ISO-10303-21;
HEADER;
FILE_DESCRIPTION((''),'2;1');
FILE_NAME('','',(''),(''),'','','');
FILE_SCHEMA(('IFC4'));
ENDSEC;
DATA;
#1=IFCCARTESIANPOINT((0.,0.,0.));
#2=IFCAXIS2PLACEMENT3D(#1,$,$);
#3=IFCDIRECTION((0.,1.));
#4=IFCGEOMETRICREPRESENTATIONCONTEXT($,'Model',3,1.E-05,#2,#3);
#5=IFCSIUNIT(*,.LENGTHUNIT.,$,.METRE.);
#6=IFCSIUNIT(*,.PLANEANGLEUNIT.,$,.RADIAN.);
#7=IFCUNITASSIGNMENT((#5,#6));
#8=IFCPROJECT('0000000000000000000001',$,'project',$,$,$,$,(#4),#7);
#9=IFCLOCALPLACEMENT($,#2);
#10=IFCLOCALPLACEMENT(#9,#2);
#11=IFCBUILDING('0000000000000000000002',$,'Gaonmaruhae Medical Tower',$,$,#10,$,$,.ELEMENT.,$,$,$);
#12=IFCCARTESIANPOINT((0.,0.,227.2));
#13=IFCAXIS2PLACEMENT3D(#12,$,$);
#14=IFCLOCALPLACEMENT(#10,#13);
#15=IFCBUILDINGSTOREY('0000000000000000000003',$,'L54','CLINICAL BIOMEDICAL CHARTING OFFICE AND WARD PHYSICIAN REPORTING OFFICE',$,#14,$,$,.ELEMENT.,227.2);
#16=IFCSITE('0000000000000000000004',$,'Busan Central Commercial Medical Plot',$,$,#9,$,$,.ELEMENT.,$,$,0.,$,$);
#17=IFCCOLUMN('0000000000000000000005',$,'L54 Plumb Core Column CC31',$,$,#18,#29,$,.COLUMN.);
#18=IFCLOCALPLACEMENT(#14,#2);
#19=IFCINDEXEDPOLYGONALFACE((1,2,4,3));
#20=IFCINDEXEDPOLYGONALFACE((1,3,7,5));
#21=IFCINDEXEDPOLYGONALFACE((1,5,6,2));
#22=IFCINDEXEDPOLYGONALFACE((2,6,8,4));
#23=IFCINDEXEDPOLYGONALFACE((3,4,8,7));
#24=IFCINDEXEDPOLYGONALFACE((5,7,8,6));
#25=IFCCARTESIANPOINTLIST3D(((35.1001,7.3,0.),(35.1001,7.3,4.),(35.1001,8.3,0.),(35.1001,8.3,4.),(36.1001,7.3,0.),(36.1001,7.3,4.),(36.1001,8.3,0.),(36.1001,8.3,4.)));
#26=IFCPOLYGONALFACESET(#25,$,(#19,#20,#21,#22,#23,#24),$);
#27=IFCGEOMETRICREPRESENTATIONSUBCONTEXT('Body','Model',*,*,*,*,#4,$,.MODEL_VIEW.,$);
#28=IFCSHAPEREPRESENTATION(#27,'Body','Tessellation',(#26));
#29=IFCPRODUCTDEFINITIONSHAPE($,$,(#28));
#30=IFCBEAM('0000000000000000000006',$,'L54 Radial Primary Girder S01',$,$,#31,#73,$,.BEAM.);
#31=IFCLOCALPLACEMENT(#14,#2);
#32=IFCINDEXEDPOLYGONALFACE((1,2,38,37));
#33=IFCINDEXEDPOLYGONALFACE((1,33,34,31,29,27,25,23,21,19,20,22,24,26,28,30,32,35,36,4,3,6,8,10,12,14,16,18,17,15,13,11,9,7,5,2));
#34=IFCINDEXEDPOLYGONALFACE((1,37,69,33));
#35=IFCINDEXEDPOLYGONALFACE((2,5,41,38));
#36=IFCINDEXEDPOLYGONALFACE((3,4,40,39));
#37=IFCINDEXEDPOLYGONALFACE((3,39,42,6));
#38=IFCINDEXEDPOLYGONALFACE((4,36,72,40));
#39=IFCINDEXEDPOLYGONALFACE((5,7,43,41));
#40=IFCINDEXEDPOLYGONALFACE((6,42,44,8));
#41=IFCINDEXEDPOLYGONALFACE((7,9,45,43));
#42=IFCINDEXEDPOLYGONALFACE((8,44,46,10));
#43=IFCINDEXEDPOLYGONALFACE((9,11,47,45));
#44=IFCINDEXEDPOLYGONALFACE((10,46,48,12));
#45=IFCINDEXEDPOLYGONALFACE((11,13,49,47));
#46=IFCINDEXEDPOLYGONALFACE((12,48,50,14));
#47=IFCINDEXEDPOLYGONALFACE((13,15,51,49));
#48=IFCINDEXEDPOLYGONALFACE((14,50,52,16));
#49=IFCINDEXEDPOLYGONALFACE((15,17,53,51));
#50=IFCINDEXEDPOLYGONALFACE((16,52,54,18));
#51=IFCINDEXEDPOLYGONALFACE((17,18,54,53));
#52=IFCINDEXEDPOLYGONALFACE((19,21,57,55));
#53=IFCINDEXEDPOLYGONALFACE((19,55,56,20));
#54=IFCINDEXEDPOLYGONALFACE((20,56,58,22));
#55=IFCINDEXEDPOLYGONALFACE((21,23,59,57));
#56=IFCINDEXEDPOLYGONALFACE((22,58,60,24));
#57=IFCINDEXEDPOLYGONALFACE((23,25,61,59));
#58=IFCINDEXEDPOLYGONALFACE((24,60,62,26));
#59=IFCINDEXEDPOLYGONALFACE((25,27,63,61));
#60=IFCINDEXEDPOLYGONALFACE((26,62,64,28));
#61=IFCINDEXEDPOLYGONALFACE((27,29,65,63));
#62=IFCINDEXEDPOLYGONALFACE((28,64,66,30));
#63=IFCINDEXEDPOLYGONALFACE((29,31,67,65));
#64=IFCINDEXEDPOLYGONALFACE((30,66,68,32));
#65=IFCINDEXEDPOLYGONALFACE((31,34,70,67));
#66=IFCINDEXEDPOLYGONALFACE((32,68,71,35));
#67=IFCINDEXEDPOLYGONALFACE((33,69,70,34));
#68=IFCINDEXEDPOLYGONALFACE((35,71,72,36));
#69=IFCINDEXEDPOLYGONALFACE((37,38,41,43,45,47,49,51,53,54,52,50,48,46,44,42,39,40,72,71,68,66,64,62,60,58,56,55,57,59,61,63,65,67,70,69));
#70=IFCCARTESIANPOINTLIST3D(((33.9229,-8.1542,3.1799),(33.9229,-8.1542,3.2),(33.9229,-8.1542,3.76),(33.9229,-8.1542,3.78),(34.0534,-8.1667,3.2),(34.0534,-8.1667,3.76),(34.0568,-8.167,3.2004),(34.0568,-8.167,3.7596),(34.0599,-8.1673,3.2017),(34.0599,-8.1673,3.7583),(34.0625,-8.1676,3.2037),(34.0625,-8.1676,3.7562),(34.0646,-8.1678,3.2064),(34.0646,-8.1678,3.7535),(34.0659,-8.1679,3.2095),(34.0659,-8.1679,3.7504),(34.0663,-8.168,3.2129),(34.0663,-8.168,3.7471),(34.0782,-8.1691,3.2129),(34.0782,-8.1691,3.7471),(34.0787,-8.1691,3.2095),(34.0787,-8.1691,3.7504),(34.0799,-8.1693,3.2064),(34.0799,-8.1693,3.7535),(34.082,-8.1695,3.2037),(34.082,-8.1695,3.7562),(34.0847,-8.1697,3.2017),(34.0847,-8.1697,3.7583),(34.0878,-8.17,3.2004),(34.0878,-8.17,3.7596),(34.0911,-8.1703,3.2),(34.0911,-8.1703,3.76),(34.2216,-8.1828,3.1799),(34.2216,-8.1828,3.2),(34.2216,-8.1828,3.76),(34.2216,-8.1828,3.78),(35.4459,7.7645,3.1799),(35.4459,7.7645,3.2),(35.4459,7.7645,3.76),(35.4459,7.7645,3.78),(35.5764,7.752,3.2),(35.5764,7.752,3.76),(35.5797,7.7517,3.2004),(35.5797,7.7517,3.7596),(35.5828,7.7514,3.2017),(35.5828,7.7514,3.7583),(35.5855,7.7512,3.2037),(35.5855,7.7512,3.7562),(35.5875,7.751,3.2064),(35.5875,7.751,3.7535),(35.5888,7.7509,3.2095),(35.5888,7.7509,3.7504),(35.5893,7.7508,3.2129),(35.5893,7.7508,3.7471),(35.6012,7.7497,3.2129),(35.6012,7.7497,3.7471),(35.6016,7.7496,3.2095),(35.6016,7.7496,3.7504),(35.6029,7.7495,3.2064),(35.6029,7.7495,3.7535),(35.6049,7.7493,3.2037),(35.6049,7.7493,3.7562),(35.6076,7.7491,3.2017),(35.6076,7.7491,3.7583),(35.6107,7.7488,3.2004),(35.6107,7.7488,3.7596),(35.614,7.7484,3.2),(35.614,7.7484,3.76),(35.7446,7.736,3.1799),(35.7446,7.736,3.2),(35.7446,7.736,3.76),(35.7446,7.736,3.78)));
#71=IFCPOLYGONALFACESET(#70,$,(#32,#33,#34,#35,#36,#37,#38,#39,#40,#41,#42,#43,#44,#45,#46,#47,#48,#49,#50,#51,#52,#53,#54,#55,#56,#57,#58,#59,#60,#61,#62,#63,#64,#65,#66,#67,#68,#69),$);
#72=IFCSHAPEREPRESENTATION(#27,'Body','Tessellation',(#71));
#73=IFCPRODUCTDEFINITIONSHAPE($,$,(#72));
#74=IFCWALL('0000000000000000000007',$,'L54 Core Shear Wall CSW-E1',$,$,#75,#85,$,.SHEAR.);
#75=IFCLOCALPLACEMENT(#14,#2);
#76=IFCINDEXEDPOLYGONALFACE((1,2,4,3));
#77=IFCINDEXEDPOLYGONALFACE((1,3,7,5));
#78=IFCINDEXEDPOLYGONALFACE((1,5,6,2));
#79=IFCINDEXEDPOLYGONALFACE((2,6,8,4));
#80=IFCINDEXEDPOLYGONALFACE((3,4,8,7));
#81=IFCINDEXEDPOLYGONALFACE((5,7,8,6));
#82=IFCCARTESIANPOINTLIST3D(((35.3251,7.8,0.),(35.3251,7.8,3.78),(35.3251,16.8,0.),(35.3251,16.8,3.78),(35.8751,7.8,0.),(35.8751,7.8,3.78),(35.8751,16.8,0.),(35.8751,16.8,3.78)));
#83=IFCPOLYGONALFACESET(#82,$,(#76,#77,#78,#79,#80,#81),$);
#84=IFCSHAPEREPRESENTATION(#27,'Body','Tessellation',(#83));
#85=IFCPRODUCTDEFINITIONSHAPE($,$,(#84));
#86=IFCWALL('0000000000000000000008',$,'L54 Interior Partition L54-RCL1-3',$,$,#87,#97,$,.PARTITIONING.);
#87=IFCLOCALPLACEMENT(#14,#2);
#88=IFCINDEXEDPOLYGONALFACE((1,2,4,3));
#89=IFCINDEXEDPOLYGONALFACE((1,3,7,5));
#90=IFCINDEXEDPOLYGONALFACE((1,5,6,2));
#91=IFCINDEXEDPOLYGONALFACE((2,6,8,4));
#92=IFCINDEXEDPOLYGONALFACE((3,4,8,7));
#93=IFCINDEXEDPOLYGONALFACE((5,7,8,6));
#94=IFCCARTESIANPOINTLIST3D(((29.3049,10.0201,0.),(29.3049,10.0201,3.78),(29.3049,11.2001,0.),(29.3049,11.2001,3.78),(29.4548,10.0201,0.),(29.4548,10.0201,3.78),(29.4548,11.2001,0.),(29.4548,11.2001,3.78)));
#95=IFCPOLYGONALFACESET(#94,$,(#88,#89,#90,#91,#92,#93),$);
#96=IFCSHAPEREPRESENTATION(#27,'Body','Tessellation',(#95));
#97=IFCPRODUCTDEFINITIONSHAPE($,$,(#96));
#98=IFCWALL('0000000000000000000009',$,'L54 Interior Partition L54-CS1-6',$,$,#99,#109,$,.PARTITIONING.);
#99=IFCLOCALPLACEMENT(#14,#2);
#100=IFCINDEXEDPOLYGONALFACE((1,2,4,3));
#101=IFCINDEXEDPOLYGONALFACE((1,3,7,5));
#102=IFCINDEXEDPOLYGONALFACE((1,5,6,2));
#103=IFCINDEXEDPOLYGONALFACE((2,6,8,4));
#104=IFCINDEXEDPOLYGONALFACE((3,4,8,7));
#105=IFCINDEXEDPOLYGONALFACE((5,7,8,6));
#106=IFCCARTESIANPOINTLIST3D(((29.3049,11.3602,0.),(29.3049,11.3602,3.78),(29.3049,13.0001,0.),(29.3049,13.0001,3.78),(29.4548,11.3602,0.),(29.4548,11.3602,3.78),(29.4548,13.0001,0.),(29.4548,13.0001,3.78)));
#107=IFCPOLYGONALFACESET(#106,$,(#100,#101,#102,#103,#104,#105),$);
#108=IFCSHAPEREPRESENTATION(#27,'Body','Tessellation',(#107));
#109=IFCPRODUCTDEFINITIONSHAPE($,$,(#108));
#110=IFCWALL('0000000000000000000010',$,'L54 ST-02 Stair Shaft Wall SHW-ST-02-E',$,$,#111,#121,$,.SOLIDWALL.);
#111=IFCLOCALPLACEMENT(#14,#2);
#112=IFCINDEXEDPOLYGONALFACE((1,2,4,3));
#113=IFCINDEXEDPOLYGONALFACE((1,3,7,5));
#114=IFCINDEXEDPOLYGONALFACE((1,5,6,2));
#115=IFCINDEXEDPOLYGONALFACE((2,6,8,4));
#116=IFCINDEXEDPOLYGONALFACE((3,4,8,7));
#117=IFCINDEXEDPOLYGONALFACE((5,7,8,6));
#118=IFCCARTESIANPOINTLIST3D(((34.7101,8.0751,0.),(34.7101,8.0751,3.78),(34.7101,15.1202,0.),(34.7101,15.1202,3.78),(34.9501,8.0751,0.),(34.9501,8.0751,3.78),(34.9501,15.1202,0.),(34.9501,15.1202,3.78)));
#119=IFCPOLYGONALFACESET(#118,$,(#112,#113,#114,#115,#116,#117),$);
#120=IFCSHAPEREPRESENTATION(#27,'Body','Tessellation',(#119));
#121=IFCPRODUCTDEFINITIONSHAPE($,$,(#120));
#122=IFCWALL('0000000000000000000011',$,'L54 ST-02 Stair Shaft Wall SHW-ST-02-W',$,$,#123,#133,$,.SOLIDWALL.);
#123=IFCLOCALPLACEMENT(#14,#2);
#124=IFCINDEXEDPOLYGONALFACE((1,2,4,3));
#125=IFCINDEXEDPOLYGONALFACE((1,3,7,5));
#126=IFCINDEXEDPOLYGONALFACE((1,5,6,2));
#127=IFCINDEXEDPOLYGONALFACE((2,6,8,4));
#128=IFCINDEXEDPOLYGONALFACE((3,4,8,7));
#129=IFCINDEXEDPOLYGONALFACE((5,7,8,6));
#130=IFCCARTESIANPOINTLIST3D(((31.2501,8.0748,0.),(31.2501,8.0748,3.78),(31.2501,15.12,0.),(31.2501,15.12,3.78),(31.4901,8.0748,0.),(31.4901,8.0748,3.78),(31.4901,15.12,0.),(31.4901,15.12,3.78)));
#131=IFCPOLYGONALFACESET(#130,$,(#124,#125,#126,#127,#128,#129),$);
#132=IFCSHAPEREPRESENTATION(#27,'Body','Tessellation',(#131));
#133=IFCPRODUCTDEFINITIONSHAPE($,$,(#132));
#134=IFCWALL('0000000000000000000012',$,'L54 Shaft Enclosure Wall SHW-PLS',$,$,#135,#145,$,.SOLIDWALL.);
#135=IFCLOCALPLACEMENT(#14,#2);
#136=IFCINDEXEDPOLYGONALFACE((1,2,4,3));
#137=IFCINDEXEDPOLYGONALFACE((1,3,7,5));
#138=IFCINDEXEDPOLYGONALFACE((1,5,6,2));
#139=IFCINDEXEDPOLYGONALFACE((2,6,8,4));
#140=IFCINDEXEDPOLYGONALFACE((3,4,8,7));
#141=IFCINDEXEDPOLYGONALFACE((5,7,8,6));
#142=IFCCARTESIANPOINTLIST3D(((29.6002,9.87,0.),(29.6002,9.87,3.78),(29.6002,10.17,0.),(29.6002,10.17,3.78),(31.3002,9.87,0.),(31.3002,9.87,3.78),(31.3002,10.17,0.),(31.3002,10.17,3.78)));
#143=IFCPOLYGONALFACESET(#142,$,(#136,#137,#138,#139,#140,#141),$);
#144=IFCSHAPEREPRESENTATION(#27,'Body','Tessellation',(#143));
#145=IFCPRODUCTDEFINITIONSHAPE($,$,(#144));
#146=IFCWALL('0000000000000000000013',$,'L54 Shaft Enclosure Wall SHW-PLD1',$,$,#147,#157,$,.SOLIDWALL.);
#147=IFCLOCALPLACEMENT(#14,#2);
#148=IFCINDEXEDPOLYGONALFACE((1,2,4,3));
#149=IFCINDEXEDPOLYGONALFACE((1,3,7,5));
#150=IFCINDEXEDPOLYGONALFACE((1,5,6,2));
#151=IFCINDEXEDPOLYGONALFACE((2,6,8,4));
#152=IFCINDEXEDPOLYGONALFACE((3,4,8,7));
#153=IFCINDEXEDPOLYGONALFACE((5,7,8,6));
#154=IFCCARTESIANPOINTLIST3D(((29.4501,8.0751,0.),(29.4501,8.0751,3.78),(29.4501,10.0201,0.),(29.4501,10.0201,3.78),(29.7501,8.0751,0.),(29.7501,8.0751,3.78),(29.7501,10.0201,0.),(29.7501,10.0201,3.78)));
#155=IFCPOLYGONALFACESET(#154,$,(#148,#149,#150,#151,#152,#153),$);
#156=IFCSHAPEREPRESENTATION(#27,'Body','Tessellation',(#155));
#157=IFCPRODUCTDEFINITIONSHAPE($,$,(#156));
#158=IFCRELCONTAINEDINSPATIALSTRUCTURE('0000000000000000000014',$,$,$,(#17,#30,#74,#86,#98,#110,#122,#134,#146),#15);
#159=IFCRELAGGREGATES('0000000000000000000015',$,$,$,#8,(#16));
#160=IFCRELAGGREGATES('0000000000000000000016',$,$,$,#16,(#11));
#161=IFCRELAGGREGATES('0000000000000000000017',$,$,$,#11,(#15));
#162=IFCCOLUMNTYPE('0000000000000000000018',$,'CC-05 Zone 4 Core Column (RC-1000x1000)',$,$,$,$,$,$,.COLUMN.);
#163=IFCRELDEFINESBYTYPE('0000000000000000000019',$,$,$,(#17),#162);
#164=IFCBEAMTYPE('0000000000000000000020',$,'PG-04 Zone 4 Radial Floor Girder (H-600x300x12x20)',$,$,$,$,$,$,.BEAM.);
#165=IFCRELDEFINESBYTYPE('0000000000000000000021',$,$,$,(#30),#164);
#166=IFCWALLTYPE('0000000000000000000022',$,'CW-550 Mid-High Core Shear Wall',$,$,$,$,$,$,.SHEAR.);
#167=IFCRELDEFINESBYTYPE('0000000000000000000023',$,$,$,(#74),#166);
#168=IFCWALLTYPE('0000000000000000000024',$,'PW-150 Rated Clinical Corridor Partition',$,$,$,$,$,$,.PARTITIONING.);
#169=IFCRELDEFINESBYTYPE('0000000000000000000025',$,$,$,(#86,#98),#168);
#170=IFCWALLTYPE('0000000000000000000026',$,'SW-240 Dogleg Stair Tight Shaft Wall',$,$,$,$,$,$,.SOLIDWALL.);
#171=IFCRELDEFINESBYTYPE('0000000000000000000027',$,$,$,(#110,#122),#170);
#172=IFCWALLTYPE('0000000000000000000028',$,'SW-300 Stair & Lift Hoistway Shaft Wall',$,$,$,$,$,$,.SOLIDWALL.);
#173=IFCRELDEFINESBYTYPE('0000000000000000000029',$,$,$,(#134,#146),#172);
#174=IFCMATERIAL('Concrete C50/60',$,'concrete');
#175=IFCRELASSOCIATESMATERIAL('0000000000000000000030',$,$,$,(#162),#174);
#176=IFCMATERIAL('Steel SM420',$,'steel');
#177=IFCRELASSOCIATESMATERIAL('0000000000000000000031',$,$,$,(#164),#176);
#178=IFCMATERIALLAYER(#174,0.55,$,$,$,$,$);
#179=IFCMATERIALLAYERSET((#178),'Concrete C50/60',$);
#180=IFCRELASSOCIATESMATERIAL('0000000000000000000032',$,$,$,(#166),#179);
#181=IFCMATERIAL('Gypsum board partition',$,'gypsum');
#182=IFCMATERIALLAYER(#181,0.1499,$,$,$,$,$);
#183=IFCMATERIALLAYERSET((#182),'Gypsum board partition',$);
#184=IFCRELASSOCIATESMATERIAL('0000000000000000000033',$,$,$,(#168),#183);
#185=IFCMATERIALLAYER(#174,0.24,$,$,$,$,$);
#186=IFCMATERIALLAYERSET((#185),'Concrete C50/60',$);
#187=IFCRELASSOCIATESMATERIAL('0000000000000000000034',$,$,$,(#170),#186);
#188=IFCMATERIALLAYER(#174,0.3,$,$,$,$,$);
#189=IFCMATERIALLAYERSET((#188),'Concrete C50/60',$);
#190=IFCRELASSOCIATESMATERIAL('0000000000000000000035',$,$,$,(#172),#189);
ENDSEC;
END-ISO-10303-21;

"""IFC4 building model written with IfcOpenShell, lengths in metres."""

from ifc_helpers import new_model, si_unit, direction, frame, frame_2d, origin, origin_2d, place, context, subcontext, project, spatial, rectangle, i_section, extrude, material, layer, layer_set, material_profile, profile_set, type_object, element, save


model = new_model("IFC4")

# Units and contexts
model_context = context("Model", 3, precision=1e-05, world=origin(), true_north=direction((0.0, 1.0)))
body_context = subcontext(model_context, "Body", "Model", "MODEL_VIEW")
ifc_project = project(units=[si_unit("LENGTHUNIT", "METRE"), si_unit("PLANEANGLEUNIT", "RADIAN")], contexts=[model_context])

# Site, building, storey
site_placement = place(None, origin())
site = spatial("IfcSite", under=ifc_project, at=site_placement, Name="Busan Central Commercial Medical Plot", CompositionType="ELEMENT", RefElevation=0.0)
building_placement = place(site_placement, origin())
building = spatial("IfcBuilding", under=site, at=building_placement, Name="Gaonmaruhae Medical Tower", CompositionType="ELEMENT")
storey_placement = place(building_placement, frame((0.0, 0.0, 227.2)))
storey = spatial("IfcBuildingStorey", under=building, at=storey_placement, Name="L54", Description="CLINICAL BIOMEDICAL CHARTING OFFICE AND WARD PHYSICIAN REPORTING OFFICE", CompositionType="ELEMENT", Elevation=227.2)

# Column
ifc_material_1 = material(Name="Concrete C50/60", Category="concrete")
ifc_material_profile_1 = material_profile(ifc_material_1, rectangle(XDim=1.0, YDim=1.0, at=origin_2d()), Name="RC-1000x1000")
ifc_profile_set_1 = profile_set([ifc_material_profile_1], Name="Concrete C50/60")
column_type = type_object("IfcColumnType", Name="CC-05 Zone 4 Core Column (RC-1000x1000)", PredefinedType="COLUMN", material=ifc_profile_set_1)
column_placement = place(storey_placement, frame((35.6001, 7.8, 0.0), z_axis=(0.0, 0.0, 1.0), x_axis=(1.0, 0.0, 0.0)))
element("IfcColumn", 1, at=column_placement, inside=storey, type_object=column_type, Name="L54 Plumb Core Column CC31", PredefinedType="COLUMN", context=body_context, shape_type="SweptSolid", body=[
    extrude(rectangle(XDim=1.0, YDim=1.0, at=origin_2d()), origin(), (0.0, 0.0, 1.0), 4.0),
])

# Beam
ifc_material_2 = material(Name="Steel SM420", Category="steel")
ifc_material_profile_2 = material_profile(ifc_material_2, i_section(OverallWidth=0.3, OverallDepth=0.6001, WebThickness=0.012, FlangeThickness=0.02, FilletRadius=0.0129, at=origin_2d()), Name="H-600x300x12x20")
ifc_profile_set_2 = profile_set([ifc_material_profile_2], Name="Steel SM420")
beam_type = type_object("IfcBeamType", Name="PG-04 Zone 4 Radial Floor Girder (H-600x300x12x20)", PredefinedType="BEAM", material=ifc_profile_set_2)
beam_placement = place(storey_placement, frame((35.5952, 7.7502, 3.48), z_axis=(-0.095236, -0.995455, 0.0), x_axis=(0.995455, -0.095236, 0.0)))
element("IfcBeam", 2, at=beam_placement, inside=storey, type_object=beam_type, Name="L54 Radial Primary Girder S01", PredefinedType="BEAM", context=body_context, shape_type="SweptSolid", body=[
    extrude(i_section(OverallWidth=0.3, OverallDepth=0.6001, WebThickness=0.012, FlangeThickness=0.02, FilletRadius=0.0129, at=origin_2d()), origin(), (0.0, 0.0, 1.0), 15.9915),
])

# Walls
ifc_layer_1 = layer(ifc_material_1, 0.55)
ifc_layer_set_1 = layer_set([ifc_layer_1], Name="Concrete C50/60")
wall_type_1 = type_object("IfcWallType", Name="CW-550 Mid-High Core Shear Wall", PredefinedType="SHEAR", material=ifc_layer_set_1)
wall_1_placement = place(storey_placement, frame((35.6001, 7.8, 0.0), z_axis=(0.0, 0.0, 1.0), x_axis=(0.0, 1.0, 0.0)))
element("IfcWall", 3, at=wall_1_placement, inside=storey, type_object=wall_type_1, Name="L54 Core Shear Wall CSW-E1", PredefinedType="SHEAR", context=body_context, shape_type="SweptSolid", body=[
    extrude(rectangle(XDim=9.0, YDim=0.55, at=frame_2d((4.5, 0.0))), origin(), (0.0, 0.0, 1.0), 3.78),
])
ifc_material_3 = material(Name="Gypsum board partition", Category="gypsum")
ifc_layer_2 = layer(ifc_material_3, 0.1499)
ifc_layer_set_2 = layer_set([ifc_layer_2], Name="Gypsum board partition")
wall_type_2 = type_object("IfcWallType", Name="PW-150 Rated Clinical Corridor Partition", PredefinedType="PARTITIONING", material=ifc_layer_set_2)
wall_2_placement = place(storey_placement, frame((29.3799, 11.2, 0.0), z_axis=(0.0, 0.0, 1.0), x_axis=(0.0, -1.0, 0.0)))
element("IfcWall", 4, at=wall_2_placement, inside=storey, type_object=wall_type_2, Name="L54 Interior Partition L54-RCL1-3", PredefinedType="PARTITIONING", context=body_context, shape_type="SweptSolid", body=[
    extrude(rectangle(XDim=1.1799, YDim=0.1499, at=frame_2d((0.5898, 0.0))), origin(), (0.0, 0.0, 1.0), 3.78),
])
wall_3_placement = place(storey_placement, frame((29.3799, 13.0, 0.0), z_axis=(0.0, 0.0, 1.0), x_axis=(0.0, -1.0, 0.0)))
element("IfcWall", 5, at=wall_3_placement, inside=storey, type_object=wall_type_2, Name="L54 Interior Partition L54-CS1-6", PredefinedType="PARTITIONING", context=body_context, shape_type="SweptSolid", body=[
    extrude(rectangle(XDim=1.6399, YDim=0.1499, at=frame_2d((0.8198, 0.0))), origin(), (0.0, 0.0, 1.0), 3.78),
])

# Shared definitions
ifc_layer_3 = layer(ifc_material_1, 0.24)
ifc_layer_set_3 = layer_set([ifc_layer_3], Name="Concrete C50/60")
wall_type_3 = type_object("IfcWallType", Name="SW-240 Dogleg Stair Tight Shaft Wall", PredefinedType="SOLIDWALL", material=ifc_layer_set_3)

# Walls
for number, where, z_axis, x_axis, name in (
    (6, (34.8301, 15.1201, 0.0), (0.0, 0.0, 1.0), (0.0, -1.0, 0.0), "L54 ST-02 Stair Shaft Wall SHW-ST-02-E"),
    (7, (31.3701, 8.075, 0.0), (0.0, 0.0, 1.0), (0.0, 1.0, 0.0), "L54 ST-02 Stair Shaft Wall SHW-ST-02-W"),
):
    element("IfcWall", number, at=place(storey_placement, frame(where, z_axis=z_axis, x_axis=x_axis)), inside=storey, type_object=wall_type_3, Name=name, PredefinedType="SOLIDWALL", context=body_context, shape_type="SweptSolid", body=[
        extrude(rectangle(XDim=7.0452, YDim=0.24, at=frame_2d((3.5225, 0.0))), origin(), (0.0, 0.0, 1.0), 3.78),
    ])
ifc_layer_4 = layer(ifc_material_1, 0.3)
ifc_layer_set_4 = layer_set([ifc_layer_4], Name="Concrete C50/60")
wall_type_4 = type_object("IfcWallType", Name="SW-300 Stair & Lift Hoistway Shaft Wall", PredefinedType="SOLIDWALL", material=ifc_layer_set_4)
wall_4_placement = place(storey_placement, frame((29.6001, 10.02, 0.0), z_axis=(0.0, 0.0, 1.0), x_axis=(1.0, 0.0, 0.0)))
element("IfcWall", 8, at=wall_4_placement, inside=storey, type_object=wall_type_4, Name="L54 Shaft Enclosure Wall SHW-PLS", PredefinedType="SOLIDWALL", context=body_context, shape_type="SweptSolid", body=[
    extrude(rectangle(XDim=1.7, YDim=0.3, at=frame_2d((0.8501, 0.0))), origin(), (0.0, 0.0, 1.0), 3.78),
])
wall_5_placement = place(storey_placement, frame((29.6001, 8.075, 0.0), z_axis=(0.0, 0.0, 1.0), x_axis=(0.0, 1.0, 0.0)))
element("IfcWall", 9, at=wall_5_placement, inside=storey, type_object=wall_type_4, Name="L54 Shaft Enclosure Wall SHW-PLD1", PredefinedType="SOLIDWALL", context=body_context, shape_type="SweptSolid", body=[
    extrude(rectangle(XDim=1.9451, YDim=0.3, at=frame_2d((0.9727, 0.0))), origin(), (0.0, 0.0, 1.0), 3.78),
])

save(model, "model.ifc")
